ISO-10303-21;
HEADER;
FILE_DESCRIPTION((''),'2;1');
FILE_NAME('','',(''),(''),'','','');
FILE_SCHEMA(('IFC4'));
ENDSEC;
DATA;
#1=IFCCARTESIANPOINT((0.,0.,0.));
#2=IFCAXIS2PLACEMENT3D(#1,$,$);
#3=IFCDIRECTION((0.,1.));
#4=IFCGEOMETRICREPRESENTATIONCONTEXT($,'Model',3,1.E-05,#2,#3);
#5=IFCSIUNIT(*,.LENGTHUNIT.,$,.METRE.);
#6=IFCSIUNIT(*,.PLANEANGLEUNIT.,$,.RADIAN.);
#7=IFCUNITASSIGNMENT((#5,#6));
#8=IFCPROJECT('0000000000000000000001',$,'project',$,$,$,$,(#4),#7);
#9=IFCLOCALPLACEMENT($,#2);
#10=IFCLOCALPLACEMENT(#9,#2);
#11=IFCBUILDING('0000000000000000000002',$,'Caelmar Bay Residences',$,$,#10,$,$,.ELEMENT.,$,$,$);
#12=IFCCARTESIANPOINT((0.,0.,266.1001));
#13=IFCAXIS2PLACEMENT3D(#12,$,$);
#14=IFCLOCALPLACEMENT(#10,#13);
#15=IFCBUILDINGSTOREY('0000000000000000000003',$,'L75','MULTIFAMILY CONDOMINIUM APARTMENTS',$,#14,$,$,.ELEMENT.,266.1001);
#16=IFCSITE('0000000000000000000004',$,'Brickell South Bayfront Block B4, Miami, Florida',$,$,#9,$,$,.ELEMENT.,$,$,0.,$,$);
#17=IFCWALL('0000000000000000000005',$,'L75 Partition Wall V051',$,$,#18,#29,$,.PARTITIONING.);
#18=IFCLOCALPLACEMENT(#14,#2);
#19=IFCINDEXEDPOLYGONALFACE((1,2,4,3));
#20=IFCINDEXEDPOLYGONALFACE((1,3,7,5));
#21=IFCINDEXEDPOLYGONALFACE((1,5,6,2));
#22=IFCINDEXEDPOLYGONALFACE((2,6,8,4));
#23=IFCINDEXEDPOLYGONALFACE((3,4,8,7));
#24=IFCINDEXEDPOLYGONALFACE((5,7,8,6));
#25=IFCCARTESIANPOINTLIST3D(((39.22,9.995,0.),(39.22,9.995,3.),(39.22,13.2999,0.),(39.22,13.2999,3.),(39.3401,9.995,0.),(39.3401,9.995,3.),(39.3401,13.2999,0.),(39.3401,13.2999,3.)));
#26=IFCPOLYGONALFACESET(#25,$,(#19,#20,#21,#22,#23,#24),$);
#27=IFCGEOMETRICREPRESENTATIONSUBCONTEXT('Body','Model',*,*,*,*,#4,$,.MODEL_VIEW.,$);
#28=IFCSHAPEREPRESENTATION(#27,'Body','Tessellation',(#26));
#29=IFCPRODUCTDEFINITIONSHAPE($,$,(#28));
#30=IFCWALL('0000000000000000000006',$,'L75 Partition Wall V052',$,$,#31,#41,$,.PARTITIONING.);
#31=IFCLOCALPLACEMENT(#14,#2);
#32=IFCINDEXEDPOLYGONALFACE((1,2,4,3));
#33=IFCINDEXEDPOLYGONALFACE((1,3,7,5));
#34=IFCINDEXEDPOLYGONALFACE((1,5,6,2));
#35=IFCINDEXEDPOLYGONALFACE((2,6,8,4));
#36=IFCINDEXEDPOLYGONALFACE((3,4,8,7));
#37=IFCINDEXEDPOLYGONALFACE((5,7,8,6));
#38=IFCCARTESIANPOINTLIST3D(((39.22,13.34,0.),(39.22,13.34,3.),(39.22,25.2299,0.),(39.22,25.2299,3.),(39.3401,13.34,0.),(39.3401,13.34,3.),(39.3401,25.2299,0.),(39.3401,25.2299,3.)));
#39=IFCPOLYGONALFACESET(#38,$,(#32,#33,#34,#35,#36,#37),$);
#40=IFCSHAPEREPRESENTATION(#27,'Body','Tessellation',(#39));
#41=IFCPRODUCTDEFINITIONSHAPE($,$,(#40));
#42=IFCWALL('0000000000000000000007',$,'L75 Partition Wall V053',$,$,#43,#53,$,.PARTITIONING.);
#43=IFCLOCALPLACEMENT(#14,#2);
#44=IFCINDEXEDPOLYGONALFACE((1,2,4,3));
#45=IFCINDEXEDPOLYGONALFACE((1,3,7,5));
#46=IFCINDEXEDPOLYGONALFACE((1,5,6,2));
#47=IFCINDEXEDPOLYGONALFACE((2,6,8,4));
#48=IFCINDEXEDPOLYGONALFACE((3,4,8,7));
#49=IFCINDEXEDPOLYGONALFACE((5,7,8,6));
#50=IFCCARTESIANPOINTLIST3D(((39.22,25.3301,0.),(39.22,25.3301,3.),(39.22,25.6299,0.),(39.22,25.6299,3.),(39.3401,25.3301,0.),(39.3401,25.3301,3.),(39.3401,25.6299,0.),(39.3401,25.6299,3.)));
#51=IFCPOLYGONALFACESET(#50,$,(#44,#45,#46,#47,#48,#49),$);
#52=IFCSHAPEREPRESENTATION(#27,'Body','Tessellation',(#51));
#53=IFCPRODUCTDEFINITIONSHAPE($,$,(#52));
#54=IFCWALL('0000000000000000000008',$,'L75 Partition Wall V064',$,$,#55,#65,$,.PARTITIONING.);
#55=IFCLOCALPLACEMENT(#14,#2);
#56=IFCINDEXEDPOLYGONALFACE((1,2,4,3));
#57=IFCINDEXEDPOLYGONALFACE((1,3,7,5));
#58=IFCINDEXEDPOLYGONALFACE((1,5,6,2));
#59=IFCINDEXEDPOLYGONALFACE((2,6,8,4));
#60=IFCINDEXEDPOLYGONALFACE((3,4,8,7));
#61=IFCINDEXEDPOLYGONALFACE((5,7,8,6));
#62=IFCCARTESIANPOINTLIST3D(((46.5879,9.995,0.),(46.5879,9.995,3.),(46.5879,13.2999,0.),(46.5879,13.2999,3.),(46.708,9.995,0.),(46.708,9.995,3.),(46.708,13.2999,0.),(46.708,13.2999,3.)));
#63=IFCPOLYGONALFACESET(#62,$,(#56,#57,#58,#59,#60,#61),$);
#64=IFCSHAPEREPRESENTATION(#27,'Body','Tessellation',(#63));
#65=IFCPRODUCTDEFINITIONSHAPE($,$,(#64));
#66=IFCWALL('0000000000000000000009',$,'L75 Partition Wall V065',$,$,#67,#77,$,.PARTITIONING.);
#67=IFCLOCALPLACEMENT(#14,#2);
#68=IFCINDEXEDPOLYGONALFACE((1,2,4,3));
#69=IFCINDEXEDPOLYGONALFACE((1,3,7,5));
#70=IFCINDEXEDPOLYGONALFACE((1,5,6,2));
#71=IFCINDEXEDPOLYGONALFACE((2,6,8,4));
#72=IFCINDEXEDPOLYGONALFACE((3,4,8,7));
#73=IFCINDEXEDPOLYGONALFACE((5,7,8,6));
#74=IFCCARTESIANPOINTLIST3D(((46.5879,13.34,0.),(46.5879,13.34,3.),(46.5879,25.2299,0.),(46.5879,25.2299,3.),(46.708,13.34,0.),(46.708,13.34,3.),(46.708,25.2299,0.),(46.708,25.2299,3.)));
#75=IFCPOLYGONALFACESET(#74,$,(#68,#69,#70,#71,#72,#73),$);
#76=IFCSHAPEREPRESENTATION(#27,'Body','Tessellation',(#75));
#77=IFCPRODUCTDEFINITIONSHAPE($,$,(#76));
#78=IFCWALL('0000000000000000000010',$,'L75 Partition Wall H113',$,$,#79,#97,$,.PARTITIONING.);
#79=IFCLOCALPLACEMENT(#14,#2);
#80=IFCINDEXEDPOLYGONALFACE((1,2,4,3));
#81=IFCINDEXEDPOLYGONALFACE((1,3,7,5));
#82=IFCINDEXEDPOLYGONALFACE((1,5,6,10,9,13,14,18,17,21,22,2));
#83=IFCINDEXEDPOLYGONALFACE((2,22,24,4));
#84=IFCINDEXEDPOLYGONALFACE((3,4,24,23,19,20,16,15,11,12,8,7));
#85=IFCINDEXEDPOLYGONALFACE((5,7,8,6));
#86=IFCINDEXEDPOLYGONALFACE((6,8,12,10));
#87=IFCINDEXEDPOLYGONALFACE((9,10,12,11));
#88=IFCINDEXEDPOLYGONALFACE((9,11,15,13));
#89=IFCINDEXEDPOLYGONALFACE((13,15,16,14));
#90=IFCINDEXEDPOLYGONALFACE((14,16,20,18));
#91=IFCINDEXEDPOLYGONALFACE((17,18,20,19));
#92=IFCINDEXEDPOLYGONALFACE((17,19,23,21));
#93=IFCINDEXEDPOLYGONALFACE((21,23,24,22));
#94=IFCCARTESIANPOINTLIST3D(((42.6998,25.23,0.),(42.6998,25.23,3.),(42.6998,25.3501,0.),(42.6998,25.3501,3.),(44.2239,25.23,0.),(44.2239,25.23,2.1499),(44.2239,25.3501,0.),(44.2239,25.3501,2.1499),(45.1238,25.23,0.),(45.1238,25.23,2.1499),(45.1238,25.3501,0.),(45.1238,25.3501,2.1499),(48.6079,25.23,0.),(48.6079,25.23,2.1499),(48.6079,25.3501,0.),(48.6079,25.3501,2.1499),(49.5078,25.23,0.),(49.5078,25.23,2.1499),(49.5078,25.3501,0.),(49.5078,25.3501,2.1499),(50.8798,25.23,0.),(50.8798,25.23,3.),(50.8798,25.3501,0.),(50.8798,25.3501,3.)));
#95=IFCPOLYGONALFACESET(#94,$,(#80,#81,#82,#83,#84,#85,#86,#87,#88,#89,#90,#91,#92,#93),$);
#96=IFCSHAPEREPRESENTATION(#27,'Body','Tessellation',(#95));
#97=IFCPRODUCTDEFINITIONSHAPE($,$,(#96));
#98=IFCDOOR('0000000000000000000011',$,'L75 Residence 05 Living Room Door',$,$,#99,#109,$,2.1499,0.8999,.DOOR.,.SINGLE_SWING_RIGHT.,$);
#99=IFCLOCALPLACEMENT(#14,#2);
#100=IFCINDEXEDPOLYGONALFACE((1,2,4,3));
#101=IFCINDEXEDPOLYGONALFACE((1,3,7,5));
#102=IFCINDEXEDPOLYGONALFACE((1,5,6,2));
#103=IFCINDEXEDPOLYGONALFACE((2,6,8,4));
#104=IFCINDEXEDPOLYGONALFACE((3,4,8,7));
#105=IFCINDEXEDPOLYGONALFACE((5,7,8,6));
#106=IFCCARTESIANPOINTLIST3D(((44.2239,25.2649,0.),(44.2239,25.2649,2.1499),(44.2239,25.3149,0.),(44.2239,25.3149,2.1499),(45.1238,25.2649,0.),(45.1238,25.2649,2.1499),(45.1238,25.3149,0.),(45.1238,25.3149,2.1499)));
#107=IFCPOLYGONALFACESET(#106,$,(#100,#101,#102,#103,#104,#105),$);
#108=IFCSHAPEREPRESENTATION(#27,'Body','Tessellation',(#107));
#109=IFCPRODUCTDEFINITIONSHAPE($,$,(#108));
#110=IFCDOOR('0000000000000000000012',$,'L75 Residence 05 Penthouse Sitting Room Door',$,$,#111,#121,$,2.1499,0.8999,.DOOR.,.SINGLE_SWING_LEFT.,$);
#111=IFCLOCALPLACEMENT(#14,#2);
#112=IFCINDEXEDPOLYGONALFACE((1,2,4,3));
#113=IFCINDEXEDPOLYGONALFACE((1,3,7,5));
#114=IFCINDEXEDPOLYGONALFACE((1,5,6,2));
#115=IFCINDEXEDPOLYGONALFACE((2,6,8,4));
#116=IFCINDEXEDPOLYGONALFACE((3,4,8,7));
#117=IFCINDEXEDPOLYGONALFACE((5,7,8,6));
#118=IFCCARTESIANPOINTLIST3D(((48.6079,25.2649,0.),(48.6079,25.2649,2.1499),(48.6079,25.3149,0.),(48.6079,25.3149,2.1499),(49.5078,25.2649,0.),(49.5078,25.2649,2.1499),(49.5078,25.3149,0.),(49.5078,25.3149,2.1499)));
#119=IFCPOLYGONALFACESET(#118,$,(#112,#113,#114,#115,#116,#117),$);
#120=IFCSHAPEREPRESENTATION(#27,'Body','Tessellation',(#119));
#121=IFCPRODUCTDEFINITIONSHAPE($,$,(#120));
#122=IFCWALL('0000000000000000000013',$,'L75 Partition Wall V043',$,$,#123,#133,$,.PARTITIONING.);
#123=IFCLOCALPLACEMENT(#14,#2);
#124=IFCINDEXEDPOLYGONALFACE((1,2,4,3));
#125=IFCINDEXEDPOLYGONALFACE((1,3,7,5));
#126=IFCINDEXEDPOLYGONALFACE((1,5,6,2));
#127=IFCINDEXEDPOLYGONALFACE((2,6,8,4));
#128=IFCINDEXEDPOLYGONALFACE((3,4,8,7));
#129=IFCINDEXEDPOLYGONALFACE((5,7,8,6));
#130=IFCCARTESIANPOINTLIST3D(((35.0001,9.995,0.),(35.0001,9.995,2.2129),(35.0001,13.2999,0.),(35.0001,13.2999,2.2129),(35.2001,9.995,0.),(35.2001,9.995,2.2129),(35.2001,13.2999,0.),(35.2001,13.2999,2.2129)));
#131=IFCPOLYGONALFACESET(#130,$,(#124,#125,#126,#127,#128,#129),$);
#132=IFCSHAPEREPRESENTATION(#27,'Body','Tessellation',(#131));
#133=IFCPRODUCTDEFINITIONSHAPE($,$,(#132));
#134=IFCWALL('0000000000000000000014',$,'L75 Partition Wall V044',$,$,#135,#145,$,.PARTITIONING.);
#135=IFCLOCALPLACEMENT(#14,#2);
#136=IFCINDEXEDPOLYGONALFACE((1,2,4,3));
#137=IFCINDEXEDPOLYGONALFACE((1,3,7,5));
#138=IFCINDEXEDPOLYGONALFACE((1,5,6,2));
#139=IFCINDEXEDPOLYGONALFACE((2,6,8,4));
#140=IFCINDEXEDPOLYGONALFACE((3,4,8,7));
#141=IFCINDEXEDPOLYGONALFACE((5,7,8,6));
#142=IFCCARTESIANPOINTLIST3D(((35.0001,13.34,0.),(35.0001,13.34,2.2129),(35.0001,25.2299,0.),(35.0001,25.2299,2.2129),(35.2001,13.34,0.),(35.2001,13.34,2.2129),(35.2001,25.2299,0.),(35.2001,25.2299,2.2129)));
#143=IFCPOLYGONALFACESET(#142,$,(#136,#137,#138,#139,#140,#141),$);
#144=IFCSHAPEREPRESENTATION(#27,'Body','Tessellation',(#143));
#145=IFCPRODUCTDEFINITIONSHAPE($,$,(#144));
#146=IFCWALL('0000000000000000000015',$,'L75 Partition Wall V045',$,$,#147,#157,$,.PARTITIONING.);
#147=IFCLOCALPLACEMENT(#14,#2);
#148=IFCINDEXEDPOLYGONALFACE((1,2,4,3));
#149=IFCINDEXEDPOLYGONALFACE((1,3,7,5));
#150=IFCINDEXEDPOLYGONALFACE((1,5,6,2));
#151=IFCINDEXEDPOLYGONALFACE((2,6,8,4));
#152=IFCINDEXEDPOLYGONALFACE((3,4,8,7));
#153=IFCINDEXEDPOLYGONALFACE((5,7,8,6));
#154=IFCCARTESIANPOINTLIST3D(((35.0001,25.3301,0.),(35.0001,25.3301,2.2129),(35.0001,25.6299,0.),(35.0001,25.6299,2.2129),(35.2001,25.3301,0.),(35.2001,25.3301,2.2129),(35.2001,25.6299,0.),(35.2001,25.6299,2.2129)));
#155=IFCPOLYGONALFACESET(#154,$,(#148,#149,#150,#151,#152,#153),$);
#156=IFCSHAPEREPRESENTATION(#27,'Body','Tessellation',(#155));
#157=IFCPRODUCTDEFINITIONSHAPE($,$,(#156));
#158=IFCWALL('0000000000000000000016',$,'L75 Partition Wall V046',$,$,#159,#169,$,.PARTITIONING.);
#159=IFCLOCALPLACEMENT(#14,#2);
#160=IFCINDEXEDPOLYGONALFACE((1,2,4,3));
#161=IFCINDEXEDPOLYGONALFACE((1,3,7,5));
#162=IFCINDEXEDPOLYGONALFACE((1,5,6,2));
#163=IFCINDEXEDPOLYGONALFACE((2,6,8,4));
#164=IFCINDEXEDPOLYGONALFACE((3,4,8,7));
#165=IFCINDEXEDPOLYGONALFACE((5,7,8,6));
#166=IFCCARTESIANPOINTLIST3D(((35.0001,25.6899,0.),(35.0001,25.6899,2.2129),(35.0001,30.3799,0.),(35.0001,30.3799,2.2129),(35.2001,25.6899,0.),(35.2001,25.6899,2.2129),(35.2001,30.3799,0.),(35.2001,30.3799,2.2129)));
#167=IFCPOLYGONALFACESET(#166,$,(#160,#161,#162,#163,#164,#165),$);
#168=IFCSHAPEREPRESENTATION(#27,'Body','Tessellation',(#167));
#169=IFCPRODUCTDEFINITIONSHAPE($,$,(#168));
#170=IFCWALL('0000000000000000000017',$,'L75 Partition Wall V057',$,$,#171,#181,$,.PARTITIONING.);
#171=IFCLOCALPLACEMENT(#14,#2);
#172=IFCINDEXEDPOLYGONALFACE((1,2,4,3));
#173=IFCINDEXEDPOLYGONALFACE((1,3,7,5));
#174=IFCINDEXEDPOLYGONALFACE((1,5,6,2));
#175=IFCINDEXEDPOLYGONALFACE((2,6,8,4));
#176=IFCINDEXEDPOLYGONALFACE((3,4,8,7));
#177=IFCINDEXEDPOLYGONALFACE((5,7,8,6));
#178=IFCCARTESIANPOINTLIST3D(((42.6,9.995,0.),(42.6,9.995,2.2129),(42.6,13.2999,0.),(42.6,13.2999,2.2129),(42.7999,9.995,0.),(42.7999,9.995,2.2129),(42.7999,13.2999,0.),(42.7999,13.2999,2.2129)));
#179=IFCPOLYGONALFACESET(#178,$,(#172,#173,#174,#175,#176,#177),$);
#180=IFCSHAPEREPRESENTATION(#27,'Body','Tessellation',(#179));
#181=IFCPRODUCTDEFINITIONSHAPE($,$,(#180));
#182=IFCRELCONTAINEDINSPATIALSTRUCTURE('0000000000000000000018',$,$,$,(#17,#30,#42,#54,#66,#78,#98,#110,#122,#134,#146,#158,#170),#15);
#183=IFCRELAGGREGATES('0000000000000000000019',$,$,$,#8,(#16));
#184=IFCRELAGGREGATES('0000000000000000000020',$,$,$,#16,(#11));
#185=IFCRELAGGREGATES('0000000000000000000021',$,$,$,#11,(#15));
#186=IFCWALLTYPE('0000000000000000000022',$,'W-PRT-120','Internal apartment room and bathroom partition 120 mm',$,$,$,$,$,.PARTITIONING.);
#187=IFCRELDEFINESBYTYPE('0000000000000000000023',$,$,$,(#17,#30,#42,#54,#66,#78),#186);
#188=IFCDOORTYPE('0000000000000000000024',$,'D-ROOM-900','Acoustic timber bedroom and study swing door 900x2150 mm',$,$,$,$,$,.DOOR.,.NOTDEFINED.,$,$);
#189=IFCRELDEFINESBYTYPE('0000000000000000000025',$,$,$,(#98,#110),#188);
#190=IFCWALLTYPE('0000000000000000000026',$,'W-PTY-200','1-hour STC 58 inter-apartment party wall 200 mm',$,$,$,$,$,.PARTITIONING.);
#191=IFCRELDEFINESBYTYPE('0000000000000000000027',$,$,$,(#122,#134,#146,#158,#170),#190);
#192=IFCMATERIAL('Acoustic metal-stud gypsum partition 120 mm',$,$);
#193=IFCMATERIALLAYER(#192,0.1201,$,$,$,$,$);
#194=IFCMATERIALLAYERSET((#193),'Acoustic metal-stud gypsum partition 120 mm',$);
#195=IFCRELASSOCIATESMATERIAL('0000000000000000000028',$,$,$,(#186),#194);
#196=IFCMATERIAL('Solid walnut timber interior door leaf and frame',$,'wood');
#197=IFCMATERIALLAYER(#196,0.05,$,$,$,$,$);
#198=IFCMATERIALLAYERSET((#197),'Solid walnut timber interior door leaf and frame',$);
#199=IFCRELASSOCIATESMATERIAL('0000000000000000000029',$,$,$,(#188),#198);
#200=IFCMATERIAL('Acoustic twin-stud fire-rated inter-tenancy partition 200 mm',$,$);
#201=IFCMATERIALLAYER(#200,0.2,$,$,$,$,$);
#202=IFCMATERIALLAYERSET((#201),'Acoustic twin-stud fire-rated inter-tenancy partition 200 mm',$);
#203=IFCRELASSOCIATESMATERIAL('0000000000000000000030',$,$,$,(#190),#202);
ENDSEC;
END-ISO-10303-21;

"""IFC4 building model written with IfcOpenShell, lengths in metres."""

from ifc_helpers import new_model, si_unit, direction, frame, frame_2d, origin, place, context, subcontext, project, spatial, rectangle, extrude, material, layer, layer_set, type_object, element, fill, save


model = new_model("IFC4")

# Units and contexts
model_context = context("Model", 3, precision=1e-05, world=origin(), true_north=direction((0.0, 1.0)))
body_context = subcontext(model_context, "Body", "Model", "MODEL_VIEW")
ifc_project = project(units=[si_unit("LENGTHUNIT", "METRE"), si_unit("PLANEANGLEUNIT", "RADIAN")], contexts=[model_context])

# Site, building, storey
site_placement = place(None, origin())
site = spatial("IfcSite", under=ifc_project, at=site_placement, Name="Brickell South Bayfront Block B4, Miami, Florida", CompositionType="ELEMENT", RefElevation=0.0)
building_placement = place(site_placement, origin())
building = spatial("IfcBuilding", under=site, at=building_placement, Name="Caelmar Bay Residences", CompositionType="ELEMENT")
storey_placement = place(building_placement, frame((0.0, 0.0, 266.1001)))
storey = spatial("IfcBuildingStorey", under=building, at=storey_placement, Name="L75", Description="MULTIFAMILY CONDOMINIUM APARTMENTS", CompositionType="ELEMENT", Elevation=266.1001)

# Walls
ifc_material_1 = material(Name="Acoustic metal-stud gypsum partition 120 mm")
ifc_layer_1 = layer(ifc_material_1, 0.1201)
ifc_layer_set_1 = layer_set([ifc_layer_1], Name="Acoustic metal-stud gypsum partition 120 mm")
wall_type_1 = type_object("IfcWallType", Name="W-PRT-120", Description="Internal apartment room and bathroom partition 120 mm", PredefinedType="PARTITIONING", material=ifc_layer_set_1)
wall_1_placement = place(storey_placement, frame((39.28, 9.9951, 0.0), z_axis=(0.0, 0.0, 1.0), x_axis=(0.0, 1.0, 0.0)))
element("IfcWall", 1, at=wall_1_placement, inside=storey, type_object=wall_type_1, Name="L75 Partition Wall V051", PredefinedType="PARTITIONING", context=body_context, shape_type="SweptSolid", body=[
    extrude(rectangle(XDim=3.3049, YDim=0.1201, at=frame_2d((1.6523, 0.0))), origin(), (0.0, 0.0, 1.0), 3.0),
])
wall_2_placement = place(storey_placement, frame((39.28, 13.3401, 0.0), z_axis=(0.0, 0.0, 1.0), x_axis=(0.0, 1.0, 0.0)))
element("IfcWall", 2, at=wall_2_placement, inside=storey, type_object=wall_type_1, Name="L75 Partition Wall V052", PredefinedType="PARTITIONING", context=body_context, shape_type="SweptSolid", body=[
    extrude(rectangle(XDim=11.8899, YDim=0.1201, at=frame_2d((5.9448, 0.0))), origin(), (0.0, 0.0, 1.0), 3.0),
])
wall_3_placement = place(storey_placement, frame((39.28, 25.3301, 0.0), z_axis=(0.0, 0.0, 1.0), x_axis=(0.0, 1.0, 0.0)))
element("IfcWall", 3, at=wall_3_placement, inside=storey, type_object=wall_type_1, Name="L75 Partition Wall V053", PredefinedType="PARTITIONING", context=body_context, shape_type="SweptSolid", body=[
    extrude(rectangle(XDim=0.2998, YDim=0.1201, at=frame_2d((0.1499, 0.0))), origin(), (0.0, 0.0, 1.0), 3.0),
])
wall_4_placement = place(storey_placement, frame((46.6479, 9.9951, 0.0), z_axis=(0.0, 0.0, 1.0), x_axis=(0.0, 1.0, 0.0)))
element("IfcWall", 4, at=wall_4_placement, inside=storey, type_object=wall_type_1, Name="L75 Partition Wall V064", PredefinedType="PARTITIONING", context=body_context, shape_type="SweptSolid", body=[
    extrude(rectangle(XDim=3.3049, YDim=0.1201, at=frame_2d((1.6523, 0.0))), origin(), (0.0, 0.0, 1.0), 3.0),
])
wall_5_placement = place(storey_placement, frame((46.6479, 13.3401, 0.0), z_axis=(0.0, 0.0, 1.0), x_axis=(0.0, 1.0, 0.0)))
element("IfcWall", 5, at=wall_5_placement, inside=storey, type_object=wall_type_1, Name="L75 Partition Wall V065", PredefinedType="PARTITIONING", context=body_context, shape_type="SweptSolid", body=[
    extrude(rectangle(XDim=11.8899, YDim=0.1201, at=frame_2d((5.9448, 0.0))), origin(), (0.0, 0.0, 1.0), 3.0),
])

# Wall, openings, doors
wall_6_placement = place(storey_placement, frame((42.7, 25.29, 0.0), z_axis=(0.0, 0.0, 1.0), x_axis=(1.0, 0.0, 0.0)))
wall_6 = element("IfcWall", 6, at=wall_6_placement, inside=storey, type_object=wall_type_1, Name="L75 Partition Wall H113", PredefinedType="PARTITIONING", context=body_context, shape_type="SweptSolid", body=[
    extrude(rectangle(XDim=8.1799, YDim=0.1201, at=frame_2d((4.0898, 0.0))), origin(), (0.0, 0.0, 1.0), 3.0),
])
opening_1_placement = place(wall_6_placement, frame((1.5239, 0.0, 0.0)))
opening_1 = element("IfcOpeningElement", 7, at=opening_1_placement, cuts=wall_6, PredefinedType="OPENING", context=body_context, shape_type="SweptSolid", body=[
    extrude(rectangle(XDim=0.8999, YDim=2.1499, at=frame_2d((0.45, 1.075))), frame((0.0, 0.0701, 0.0), z_axis=(0.0, -1.0, 0.0), x_axis=(1.0, 0.0, 0.0)), (0.0, 0.0, 1.0), 0.1401),
])
opening_2_placement = place(wall_6_placement, frame((5.908, 0.0, 0.0)))
opening_2 = element("IfcOpeningElement", 8, at=opening_2_placement, cuts=wall_6, PredefinedType="OPENING", context=body_context, shape_type="SweptSolid", body=[
    extrude(rectangle(XDim=0.8999, YDim=2.1499, at=frame_2d((0.45, 1.075))), frame((0.0, 0.0701, 0.0), z_axis=(0.0, -1.0, 0.0), x_axis=(1.0, 0.0, 0.0)), (0.0, 0.0, 1.0), 0.1401),
])
ifc_material_2 = material(Name="Solid walnut timber interior door leaf and frame", Category="wood")
ifc_layer_2 = layer(ifc_material_2, 0.05)
ifc_layer_set_2 = layer_set([ifc_layer_2], Name="Solid walnut timber interior door leaf and frame")
door_type = type_object("IfcDoorType", Name="D-ROOM-900", Description="Acoustic timber bedroom and study swing door 900x2150 mm", OperationType="NOTDEFINED", PredefinedType="DOOR", material=ifc_layer_set_2)
door_1_placement = place(opening_1_placement, origin())
door_1 = element("IfcDoor", 9, at=door_1_placement, inside=storey, type_object=door_type, Name="L75 Residence 05 Living Room Door", OperationType="SINGLE_SWING_RIGHT", OverallHeight=2.1499, OverallWidth=0.8999, PredefinedType="DOOR", context=body_context, shape_type="SweptSolid", body=[
    extrude(rectangle(XDim=0.8999, YDim=2.1499, at=frame_2d((0.45, 1.075))), frame((0.0, 0.0249, 0.0), z_axis=(0.0, -1.0, 0.0), x_axis=(1.0, 0.0, 0.0)), (0.0, 0.0, 1.0), 0.05),
])
fill(opening_1, door_1)
door_2_placement = place(opening_2_placement, origin())
door_2 = element("IfcDoor", 10, at=door_2_placement, inside=storey, type_object=door_type, Name="L75 Residence 05 Penthouse Sitting Room Door", OperationType="SINGLE_SWING_LEFT", OverallHeight=2.1499, OverallWidth=0.8999, PredefinedType="DOOR", context=body_context, shape_type="SweptSolid", body=[
    extrude(rectangle(XDim=0.8999, YDim=2.1499, at=frame_2d((0.45, 1.075))), frame((0.0, 0.0249, 0.0), z_axis=(0.0, -1.0, 0.0), x_axis=(1.0, 0.0, 0.0)), (0.0, 0.0, 1.0), 0.05),
])
fill(opening_2, door_2)

# Walls
ifc_material_3 = material(Name="Acoustic twin-stud fire-rated inter-tenancy partition 200 mm")
ifc_layer_3 = layer(ifc_material_3, 0.2)
ifc_layer_set_3 = layer_set([ifc_layer_3], Name="Acoustic twin-stud fire-rated inter-tenancy partition 200 mm")
wall_type_2 = type_object("IfcWallType", Name="W-PTY-200", Description="1-hour STC 58 inter-apartment party wall 200 mm", PredefinedType="PARTITIONING", material=ifc_layer_set_3)
wall_7_placement = place(storey_placement, frame((35.1001, 9.9951, 0.0), z_axis=(0.0, 0.0, 1.0), x_axis=(0.0, 1.0, 0.0)))
element("IfcWall", 11, at=wall_7_placement, inside=storey, type_object=wall_type_2, Name="L75 Partition Wall V043", PredefinedType="PARTITIONING", context=body_context, shape_type="SweptSolid", body=[
    extrude(rectangle(XDim=3.3049, YDim=0.2, at=frame_2d((1.6523, 0.0))), origin(), (0.0, 0.0, 1.0), 2.2129),
])
wall_8_placement = place(storey_placement, frame((35.1001, 13.3401, 0.0), z_axis=(0.0, 0.0, 1.0), x_axis=(0.0, 1.0, 0.0)))
element("IfcWall", 12, at=wall_8_placement, inside=storey, type_object=wall_type_2, Name="L75 Partition Wall V044", PredefinedType="PARTITIONING", context=body_context, shape_type="SweptSolid", body=[
    extrude(rectangle(XDim=11.8899, YDim=0.2, at=frame_2d((5.9448, 0.0))), origin(), (0.0, 0.0, 1.0), 2.2129),
])
wall_9_placement = place(storey_placement, frame((35.1001, 25.3301, 0.0), z_axis=(0.0, 0.0, 1.0), x_axis=(0.0, 1.0, 0.0)))
element("IfcWall", 13, at=wall_9_placement, inside=storey, type_object=wall_type_2, Name="L75 Partition Wall V045", PredefinedType="PARTITIONING", context=body_context, shape_type="SweptSolid", body=[
    extrude(rectangle(XDim=0.2998, YDim=0.2, at=frame_2d((0.1499, 0.0))), origin(), (0.0, 0.0, 1.0), 2.2129),
])
wall_10_placement = place(storey_placement, frame((35.1001, 25.6899, 0.0), z_axis=(0.0, 0.0, 1.0), x_axis=(0.0, 1.0, 0.0)))
element("IfcWall", 14, at=wall_10_placement, inside=storey, type_object=wall_type_2, Name="L75 Partition Wall V046", PredefinedType="PARTITIONING", context=body_context, shape_type="SweptSolid", body=[
    extrude(rectangle(XDim=4.6899, YDim=0.2, at=frame_2d((2.345, 0.0))), origin(), (0.0, 0.0, 1.0), 2.2129),
])
wall_11_placement = place(storey_placement, frame((42.7, 9.9951, 0.0), z_axis=(0.0, 0.0, 1.0), x_axis=(0.0, 1.0, 0.0)))
element("IfcWall", 15, at=wall_11_placement, inside=storey, type_object=wall_type_2, Name="L75 Partition Wall V057", PredefinedType="PARTITIONING", context=body_context, shape_type="SweptSolid", body=[
    extrude(rectangle(XDim=3.3049, YDim=0.2, at=frame_2d((1.6523, 0.0))), origin(), (0.0, 0.0, 1.0), 2.2129),
])

save(model, "model.ifc")
